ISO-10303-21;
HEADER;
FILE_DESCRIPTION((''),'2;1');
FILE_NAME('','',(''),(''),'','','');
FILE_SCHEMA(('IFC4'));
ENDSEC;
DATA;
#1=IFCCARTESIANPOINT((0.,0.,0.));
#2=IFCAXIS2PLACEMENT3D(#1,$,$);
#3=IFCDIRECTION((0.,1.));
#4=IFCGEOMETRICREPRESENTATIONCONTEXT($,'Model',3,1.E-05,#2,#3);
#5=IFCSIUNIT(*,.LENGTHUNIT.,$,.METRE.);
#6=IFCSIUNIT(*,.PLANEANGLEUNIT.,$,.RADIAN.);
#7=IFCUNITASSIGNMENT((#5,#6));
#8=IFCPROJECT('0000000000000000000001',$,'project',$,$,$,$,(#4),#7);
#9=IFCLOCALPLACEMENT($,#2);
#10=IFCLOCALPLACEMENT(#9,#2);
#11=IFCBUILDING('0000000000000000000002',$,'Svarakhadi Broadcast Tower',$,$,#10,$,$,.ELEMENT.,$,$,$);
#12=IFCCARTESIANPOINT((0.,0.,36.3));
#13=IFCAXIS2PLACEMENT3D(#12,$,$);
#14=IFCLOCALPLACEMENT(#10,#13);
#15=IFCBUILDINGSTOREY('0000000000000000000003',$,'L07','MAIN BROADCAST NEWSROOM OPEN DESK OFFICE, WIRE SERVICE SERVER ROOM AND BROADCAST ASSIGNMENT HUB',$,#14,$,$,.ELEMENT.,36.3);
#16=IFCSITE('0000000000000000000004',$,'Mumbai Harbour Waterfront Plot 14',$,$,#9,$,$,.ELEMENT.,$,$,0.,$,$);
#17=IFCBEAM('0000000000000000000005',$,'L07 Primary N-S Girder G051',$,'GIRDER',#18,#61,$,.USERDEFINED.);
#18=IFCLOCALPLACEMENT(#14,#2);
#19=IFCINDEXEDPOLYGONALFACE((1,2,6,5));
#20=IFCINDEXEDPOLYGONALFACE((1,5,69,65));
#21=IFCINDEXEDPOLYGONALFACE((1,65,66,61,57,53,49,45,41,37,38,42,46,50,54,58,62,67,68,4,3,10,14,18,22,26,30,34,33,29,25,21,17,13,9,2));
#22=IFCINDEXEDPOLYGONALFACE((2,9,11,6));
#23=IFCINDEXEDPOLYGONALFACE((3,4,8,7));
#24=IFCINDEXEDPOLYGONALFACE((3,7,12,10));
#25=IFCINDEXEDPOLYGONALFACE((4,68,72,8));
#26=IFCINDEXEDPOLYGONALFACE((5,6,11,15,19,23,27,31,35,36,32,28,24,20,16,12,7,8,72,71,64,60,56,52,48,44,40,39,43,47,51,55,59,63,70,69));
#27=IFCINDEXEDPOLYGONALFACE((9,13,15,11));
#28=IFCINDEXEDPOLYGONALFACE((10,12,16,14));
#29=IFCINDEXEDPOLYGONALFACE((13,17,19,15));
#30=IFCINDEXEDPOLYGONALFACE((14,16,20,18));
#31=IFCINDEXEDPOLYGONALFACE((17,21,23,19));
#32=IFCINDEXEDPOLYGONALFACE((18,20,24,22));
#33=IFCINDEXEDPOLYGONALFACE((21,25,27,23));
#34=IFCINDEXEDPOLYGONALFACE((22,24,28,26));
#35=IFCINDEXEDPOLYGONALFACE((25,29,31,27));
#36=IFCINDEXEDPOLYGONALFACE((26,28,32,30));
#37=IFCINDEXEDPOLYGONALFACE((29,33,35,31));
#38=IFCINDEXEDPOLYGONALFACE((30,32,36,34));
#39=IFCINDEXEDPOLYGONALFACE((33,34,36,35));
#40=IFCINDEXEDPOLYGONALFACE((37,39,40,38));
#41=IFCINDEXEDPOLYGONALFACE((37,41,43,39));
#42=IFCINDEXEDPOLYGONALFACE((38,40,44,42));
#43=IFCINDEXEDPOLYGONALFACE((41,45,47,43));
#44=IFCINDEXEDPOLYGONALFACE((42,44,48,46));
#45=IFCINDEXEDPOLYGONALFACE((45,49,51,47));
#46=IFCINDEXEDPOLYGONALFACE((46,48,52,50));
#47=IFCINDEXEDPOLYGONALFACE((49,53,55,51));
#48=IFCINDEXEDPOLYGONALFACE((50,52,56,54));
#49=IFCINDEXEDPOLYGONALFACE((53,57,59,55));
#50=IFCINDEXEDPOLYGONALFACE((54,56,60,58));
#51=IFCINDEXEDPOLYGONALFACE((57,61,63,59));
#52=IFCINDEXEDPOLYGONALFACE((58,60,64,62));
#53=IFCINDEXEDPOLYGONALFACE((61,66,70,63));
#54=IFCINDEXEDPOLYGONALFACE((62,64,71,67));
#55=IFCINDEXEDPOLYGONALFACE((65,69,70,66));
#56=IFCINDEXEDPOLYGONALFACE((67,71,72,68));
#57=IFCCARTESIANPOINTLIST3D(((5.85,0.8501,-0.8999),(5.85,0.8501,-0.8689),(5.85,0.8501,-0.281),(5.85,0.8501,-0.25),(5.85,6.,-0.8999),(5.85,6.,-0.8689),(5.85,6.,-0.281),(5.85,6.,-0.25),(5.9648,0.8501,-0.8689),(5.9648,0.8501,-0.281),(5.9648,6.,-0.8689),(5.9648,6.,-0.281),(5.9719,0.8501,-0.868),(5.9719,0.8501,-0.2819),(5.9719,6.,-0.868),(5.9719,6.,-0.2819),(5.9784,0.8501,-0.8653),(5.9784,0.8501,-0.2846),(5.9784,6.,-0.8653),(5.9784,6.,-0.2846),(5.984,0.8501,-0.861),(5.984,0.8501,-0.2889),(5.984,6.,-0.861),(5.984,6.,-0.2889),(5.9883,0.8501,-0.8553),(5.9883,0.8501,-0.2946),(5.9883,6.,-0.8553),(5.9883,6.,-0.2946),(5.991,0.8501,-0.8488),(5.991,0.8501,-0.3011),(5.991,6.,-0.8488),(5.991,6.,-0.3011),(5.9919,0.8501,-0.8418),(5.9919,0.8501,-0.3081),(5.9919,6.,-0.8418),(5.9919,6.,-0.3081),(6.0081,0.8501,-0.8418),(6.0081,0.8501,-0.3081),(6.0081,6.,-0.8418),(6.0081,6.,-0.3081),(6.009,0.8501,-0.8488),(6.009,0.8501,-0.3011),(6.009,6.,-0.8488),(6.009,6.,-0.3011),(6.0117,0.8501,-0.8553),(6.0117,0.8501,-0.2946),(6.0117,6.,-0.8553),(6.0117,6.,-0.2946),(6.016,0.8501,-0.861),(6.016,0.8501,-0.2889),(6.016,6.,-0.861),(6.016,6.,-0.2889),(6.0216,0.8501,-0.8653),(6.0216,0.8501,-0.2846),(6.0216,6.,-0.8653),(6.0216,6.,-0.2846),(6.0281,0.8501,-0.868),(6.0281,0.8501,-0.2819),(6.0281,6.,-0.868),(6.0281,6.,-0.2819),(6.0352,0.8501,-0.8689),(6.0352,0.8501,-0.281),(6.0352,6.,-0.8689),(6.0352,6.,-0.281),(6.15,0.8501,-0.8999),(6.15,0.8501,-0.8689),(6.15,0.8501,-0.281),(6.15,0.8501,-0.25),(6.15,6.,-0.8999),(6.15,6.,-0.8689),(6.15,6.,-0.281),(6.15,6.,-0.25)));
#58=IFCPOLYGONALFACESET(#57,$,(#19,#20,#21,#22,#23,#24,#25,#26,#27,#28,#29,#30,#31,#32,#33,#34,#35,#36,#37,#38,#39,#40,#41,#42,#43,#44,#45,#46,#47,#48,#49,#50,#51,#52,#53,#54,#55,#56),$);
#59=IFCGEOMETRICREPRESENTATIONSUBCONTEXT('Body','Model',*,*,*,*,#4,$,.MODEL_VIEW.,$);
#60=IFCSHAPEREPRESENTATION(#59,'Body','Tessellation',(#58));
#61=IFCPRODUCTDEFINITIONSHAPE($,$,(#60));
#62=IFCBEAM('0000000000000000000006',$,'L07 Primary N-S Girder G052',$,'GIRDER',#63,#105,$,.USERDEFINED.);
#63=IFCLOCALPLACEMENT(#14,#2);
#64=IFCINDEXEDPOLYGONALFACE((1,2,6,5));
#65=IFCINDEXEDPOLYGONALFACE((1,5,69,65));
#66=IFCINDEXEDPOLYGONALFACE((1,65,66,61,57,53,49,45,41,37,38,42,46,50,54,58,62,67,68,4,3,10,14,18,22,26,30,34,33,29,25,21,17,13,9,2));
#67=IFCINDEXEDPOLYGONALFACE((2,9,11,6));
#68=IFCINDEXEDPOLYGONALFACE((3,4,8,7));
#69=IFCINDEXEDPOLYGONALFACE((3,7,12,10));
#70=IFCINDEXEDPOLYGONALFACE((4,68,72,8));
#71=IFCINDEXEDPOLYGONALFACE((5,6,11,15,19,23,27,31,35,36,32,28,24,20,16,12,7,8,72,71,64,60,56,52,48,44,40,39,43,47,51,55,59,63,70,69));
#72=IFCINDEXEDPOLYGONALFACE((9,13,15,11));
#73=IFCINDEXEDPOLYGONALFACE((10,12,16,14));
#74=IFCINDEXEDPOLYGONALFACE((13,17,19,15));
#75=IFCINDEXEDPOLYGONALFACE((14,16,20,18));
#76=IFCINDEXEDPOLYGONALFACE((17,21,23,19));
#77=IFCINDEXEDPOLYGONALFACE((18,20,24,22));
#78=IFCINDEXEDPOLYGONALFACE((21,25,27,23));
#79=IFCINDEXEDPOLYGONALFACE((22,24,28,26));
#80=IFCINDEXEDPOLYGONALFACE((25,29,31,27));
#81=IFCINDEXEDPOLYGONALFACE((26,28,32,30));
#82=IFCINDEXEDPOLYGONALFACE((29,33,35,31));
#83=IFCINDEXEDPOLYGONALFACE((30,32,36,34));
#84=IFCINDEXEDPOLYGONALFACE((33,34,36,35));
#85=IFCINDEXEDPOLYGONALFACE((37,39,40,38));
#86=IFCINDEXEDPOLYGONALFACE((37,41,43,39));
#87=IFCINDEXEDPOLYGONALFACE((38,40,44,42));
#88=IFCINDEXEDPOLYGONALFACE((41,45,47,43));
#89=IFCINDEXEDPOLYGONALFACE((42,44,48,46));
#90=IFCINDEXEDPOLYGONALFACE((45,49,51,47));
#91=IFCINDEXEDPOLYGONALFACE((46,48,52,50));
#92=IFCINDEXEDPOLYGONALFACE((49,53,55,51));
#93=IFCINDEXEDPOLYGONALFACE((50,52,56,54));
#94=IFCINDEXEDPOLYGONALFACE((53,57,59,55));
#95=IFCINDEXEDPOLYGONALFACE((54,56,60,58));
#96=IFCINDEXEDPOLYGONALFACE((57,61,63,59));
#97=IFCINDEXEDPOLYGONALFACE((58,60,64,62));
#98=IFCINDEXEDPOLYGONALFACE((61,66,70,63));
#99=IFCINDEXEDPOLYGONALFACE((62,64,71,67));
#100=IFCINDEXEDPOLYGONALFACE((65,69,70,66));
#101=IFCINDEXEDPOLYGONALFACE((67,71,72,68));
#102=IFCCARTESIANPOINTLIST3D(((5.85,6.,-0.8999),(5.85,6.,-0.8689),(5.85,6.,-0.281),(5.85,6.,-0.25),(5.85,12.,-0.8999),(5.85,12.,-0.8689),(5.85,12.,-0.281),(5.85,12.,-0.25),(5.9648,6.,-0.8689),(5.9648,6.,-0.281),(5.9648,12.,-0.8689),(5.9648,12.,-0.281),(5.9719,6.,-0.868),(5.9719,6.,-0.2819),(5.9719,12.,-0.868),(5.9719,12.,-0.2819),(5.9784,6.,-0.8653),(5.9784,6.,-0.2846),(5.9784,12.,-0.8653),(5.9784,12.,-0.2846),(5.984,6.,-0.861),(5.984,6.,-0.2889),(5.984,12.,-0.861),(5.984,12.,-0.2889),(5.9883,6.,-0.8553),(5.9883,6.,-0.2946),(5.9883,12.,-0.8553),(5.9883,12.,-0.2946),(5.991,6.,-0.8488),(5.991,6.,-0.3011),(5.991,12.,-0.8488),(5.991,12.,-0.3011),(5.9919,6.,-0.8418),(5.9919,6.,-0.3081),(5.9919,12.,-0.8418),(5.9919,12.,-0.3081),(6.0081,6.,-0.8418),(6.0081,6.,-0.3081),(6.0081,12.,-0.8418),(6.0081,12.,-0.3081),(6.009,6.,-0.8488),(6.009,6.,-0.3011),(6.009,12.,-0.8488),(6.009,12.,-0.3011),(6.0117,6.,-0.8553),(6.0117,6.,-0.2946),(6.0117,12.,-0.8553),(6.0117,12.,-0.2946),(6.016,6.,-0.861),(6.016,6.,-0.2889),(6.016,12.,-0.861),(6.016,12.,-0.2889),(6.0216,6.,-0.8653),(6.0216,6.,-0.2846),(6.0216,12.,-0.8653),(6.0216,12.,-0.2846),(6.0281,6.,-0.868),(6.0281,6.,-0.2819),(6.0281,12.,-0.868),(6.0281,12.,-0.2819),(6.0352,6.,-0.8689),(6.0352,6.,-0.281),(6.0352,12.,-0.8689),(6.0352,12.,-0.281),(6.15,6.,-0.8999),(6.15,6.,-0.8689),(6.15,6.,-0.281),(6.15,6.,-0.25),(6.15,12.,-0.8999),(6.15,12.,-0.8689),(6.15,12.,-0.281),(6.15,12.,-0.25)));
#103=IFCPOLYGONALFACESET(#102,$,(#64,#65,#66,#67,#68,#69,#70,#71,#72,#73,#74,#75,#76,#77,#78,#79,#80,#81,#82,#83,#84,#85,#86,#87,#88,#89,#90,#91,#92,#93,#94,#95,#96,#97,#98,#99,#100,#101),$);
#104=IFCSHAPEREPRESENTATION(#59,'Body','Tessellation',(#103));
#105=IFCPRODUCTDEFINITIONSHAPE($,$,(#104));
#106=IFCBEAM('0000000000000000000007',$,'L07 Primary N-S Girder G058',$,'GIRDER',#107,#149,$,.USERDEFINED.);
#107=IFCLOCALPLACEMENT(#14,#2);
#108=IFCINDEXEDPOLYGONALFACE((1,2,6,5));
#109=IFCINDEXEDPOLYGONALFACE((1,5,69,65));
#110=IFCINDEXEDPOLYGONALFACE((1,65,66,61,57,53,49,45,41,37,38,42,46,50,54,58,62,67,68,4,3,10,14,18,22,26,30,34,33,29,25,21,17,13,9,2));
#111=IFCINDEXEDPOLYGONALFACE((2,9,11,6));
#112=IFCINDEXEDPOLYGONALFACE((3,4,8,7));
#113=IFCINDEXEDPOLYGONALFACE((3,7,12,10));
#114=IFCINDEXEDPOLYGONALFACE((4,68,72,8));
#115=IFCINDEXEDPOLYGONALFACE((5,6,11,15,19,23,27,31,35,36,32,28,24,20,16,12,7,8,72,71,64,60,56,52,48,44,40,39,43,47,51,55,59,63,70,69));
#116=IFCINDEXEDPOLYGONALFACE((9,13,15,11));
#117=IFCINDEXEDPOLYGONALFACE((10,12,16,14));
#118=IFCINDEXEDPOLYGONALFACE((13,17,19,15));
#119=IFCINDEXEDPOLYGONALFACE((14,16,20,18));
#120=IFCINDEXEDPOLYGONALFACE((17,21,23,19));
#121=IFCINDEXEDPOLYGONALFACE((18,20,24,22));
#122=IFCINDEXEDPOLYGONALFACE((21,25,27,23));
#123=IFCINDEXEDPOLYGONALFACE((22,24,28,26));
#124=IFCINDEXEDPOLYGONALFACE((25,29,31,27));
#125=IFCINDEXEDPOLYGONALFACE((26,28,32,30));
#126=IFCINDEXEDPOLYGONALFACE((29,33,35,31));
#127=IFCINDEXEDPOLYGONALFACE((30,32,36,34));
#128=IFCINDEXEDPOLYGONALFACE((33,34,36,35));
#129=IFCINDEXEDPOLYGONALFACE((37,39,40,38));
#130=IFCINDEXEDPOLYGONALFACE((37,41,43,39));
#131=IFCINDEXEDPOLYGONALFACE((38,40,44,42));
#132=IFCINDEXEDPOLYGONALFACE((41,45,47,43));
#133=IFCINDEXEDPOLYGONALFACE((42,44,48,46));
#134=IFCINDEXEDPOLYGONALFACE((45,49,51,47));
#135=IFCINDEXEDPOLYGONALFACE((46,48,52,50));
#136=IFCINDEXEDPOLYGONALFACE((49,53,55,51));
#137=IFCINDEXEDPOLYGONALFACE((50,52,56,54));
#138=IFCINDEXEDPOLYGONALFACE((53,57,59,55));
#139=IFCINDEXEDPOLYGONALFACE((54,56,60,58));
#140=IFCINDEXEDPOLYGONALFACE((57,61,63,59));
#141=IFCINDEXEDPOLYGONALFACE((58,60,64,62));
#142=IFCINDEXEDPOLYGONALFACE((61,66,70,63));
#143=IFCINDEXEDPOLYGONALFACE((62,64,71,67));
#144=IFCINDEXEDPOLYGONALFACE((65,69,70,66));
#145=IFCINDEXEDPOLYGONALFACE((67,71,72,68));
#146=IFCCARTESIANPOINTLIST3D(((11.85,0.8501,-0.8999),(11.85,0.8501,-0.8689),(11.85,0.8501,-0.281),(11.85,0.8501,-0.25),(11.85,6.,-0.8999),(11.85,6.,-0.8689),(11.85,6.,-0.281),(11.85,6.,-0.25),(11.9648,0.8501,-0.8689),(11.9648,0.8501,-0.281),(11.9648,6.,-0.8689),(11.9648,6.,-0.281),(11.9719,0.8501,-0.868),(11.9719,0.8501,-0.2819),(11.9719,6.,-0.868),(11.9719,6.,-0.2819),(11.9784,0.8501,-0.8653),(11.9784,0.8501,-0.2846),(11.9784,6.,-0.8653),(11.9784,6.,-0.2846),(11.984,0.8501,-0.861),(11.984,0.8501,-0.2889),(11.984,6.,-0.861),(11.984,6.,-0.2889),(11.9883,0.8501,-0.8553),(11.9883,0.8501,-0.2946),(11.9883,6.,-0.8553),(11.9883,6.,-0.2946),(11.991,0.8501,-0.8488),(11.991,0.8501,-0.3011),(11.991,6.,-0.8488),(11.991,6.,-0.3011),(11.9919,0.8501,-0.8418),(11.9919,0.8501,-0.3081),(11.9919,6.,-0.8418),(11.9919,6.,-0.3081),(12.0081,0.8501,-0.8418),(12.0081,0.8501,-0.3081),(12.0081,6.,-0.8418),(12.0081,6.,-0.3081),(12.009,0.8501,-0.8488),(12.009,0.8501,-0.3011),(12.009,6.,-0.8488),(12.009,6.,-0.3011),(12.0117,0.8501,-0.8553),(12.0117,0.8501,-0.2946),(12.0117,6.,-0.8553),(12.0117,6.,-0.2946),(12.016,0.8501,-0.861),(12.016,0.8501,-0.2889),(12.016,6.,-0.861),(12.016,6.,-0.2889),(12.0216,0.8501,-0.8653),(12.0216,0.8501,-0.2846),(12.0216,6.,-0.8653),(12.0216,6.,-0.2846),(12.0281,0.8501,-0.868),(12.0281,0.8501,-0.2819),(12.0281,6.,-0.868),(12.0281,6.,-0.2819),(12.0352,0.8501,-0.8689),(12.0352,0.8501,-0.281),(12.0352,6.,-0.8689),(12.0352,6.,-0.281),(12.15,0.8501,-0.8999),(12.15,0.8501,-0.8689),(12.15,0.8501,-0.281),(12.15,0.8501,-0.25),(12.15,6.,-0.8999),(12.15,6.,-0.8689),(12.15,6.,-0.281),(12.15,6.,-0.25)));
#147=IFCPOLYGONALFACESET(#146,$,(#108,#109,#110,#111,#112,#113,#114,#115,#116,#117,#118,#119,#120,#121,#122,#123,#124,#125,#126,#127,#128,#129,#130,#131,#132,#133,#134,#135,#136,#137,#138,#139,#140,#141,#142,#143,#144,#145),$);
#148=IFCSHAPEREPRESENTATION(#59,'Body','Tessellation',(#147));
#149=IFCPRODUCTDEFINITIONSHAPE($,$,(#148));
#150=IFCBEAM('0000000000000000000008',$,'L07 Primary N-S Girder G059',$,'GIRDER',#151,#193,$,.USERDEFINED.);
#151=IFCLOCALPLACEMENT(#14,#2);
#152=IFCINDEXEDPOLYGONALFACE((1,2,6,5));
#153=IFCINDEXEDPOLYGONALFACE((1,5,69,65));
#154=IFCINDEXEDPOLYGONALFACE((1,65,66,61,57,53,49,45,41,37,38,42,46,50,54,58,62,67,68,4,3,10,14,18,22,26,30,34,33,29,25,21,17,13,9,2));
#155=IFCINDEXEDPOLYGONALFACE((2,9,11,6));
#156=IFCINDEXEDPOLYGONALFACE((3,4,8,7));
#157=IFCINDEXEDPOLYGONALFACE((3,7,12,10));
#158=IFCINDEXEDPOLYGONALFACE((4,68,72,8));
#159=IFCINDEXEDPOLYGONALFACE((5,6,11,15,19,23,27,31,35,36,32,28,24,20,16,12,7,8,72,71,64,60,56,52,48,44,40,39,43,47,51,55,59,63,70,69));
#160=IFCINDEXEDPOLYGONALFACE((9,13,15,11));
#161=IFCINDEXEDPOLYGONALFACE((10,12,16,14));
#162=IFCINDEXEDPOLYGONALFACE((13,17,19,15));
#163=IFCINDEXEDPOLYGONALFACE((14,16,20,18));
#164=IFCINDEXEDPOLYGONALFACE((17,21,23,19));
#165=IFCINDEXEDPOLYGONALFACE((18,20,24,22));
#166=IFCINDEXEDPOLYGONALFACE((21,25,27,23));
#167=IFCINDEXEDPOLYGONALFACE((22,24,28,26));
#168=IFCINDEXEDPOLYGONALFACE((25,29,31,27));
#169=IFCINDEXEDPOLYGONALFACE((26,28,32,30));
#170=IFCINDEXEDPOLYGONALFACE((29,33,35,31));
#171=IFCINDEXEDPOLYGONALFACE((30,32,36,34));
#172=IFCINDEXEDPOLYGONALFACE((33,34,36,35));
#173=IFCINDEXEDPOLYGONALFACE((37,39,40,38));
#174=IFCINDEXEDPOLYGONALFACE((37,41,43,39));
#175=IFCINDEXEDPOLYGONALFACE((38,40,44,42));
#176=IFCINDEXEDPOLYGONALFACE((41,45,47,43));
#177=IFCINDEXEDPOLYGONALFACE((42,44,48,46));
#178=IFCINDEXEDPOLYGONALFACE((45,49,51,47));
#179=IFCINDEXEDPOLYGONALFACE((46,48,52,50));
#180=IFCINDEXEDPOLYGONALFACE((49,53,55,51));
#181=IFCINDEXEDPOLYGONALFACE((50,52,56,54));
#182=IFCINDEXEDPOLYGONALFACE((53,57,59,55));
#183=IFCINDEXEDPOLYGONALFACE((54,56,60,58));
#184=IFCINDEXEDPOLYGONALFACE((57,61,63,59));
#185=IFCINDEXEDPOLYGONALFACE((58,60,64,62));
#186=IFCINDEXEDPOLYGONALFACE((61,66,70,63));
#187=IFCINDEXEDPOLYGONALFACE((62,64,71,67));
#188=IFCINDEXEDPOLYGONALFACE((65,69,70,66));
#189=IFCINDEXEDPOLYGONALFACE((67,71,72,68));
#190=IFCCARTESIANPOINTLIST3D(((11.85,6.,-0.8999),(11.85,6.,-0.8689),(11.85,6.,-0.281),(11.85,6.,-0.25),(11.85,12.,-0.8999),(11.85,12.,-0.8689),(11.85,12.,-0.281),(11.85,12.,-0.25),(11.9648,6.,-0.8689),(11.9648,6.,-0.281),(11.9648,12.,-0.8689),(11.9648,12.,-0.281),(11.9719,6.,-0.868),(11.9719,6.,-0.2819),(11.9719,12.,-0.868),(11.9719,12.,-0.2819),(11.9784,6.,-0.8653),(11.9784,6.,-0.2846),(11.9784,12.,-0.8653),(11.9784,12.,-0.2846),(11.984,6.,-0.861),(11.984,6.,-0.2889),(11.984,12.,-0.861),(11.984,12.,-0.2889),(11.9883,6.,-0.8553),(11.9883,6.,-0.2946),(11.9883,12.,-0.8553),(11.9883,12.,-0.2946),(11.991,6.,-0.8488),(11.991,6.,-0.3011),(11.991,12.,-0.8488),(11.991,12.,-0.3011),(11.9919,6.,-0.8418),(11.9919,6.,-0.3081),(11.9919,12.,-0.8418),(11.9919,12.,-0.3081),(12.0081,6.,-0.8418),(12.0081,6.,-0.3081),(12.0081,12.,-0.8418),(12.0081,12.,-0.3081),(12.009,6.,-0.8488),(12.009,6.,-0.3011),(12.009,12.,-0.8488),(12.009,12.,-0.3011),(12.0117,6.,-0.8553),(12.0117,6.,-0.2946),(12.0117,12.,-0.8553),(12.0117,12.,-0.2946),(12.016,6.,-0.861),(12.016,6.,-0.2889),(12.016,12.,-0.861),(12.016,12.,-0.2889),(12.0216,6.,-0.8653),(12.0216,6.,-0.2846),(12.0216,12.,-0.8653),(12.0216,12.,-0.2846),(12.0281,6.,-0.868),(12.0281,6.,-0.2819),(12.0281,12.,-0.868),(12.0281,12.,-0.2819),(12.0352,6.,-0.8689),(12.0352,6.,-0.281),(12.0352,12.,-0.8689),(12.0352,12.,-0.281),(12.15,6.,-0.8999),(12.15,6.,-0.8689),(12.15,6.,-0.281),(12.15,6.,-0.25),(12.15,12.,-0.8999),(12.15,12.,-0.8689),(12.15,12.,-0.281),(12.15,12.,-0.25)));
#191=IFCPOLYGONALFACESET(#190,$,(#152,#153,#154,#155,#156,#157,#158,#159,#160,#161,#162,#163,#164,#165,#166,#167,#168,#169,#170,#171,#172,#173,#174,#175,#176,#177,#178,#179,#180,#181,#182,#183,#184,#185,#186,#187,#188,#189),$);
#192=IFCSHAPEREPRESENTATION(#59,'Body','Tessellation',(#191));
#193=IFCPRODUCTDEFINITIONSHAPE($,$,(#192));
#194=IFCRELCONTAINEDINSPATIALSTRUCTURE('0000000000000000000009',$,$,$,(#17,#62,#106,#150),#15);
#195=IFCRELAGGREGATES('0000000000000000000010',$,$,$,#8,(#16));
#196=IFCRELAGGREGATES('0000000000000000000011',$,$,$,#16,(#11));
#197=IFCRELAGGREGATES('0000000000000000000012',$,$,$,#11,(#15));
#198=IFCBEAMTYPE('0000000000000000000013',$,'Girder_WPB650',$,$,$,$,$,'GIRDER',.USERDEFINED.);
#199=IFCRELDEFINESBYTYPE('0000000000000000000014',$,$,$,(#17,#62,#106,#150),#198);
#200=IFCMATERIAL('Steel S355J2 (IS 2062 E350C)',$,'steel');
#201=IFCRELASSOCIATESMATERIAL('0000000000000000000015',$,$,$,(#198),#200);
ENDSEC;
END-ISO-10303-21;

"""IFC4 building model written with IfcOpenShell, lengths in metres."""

from ifc_helpers import new_model, si_unit, direction, frame, origin, origin_2d, place, context, subcontext, project, spatial, i_section, extrude, material, material_profile, profile_set, type_object, element, save


model = new_model("IFC4")

# Units and contexts
model_context = context("Model", 3, precision=1e-05, world=origin(), true_north=direction((0.0, 1.0)))
body_context = subcontext(model_context, "Body", "Model", "MODEL_VIEW")
ifc_project = project(units=[si_unit("LENGTHUNIT", "METRE"), si_unit("PLANEANGLEUNIT", "RADIAN")], contexts=[model_context])

# Site, building, storey
site_placement = place(None, origin())
site = spatial("IfcSite", under=ifc_project, at=site_placement, Name="Mumbai Harbour Waterfront Plot 14", CompositionType="ELEMENT", RefElevation=0.0)
building_placement = place(site_placement, origin())
building = spatial("IfcBuilding", under=site, at=building_placement, Name="Svarakhadi Broadcast Tower", CompositionType="ELEMENT")
storey_placement = place(building_placement, frame((0.0, 0.0, 36.3)))
storey = spatial("IfcBuildingStorey", under=building, at=storey_placement, Name="L07", Description="MAIN BROADCAST NEWSROOM OPEN DESK OFFICE, WIRE SERVICE SERVER ROOM AND BROADCAST ASSIGNMENT HUB", CompositionType="ELEMENT", Elevation=36.3)

# Shared definitions
ifc_material_1 = material(Name="Steel S355J2 (IS 2062 E350C)", Category="steel")

# Beams
ifc_material_profile_1 = material_profile(ifc_material_1, i_section(OverallWidth=0.3, OverallDepth=0.6499, WebThickness=0.0161, FlangeThickness=0.031, FilletRadius=0.0271, at=origin_2d()), Name="WPB 650x300x225")
ifc_profile_set_1 = profile_set([ifc_material_profile_1], Name="Steel S355J2 (IS 2062 E350C)")
beam_type_1 = type_object("IfcBeamType", Name="Girder_WPB650", ElementType="GIRDER", PredefinedType="USERDEFINED", material=ifc_profile_set_1)
beam_1_placement = place(storey_placement, frame((6.0, 0.8501, -0.575), z_axis=(0.0, 1.0, 0.0), x_axis=(-1.0, 0.0, 0.0)))
element("IfcBeam", 1, at=beam_1_placement, inside=storey, type_object=beam_type_1, Name="L07 Primary N-S Girder G051", ObjectType="GIRDER", PredefinedType="USERDEFINED", context=body_context, shape_type="SweptSolid", body=[
    extrude(i_section(OverallWidth=0.3, OverallDepth=0.6499, WebThickness=0.0161, FlangeThickness=0.031, FilletRadius=0.0271, at=origin_2d()), origin(), (0.0, 0.0, 1.0), 5.1499),
])
beam_2_placement = place(storey_placement, frame((6.0, 6.0, -0.575), z_axis=(0.0, 1.0, 0.0), x_axis=(-1.0, 0.0, 0.0)))
element("IfcBeam", 2, at=beam_2_placement, inside=storey, type_object=beam_type_1, Name="L07 Primary N-S Girder G052", ObjectType="GIRDER", PredefinedType="USERDEFINED", context=body_context, shape_type="SweptSolid", body=[
    extrude(i_section(OverallWidth=0.3, OverallDepth=0.6499, WebThickness=0.0161, FlangeThickness=0.031, FilletRadius=0.0271, at=origin_2d()), origin(), (0.0, 0.0, 1.0), 6.0),
])
beam_3_placement = place(storey_placement, frame((12.0, 0.8501, -0.575), z_axis=(0.0, 1.0, 0.0), x_axis=(-1.0, 0.0, 0.0)))
element("IfcBeam", 3, at=beam_3_placement, inside=storey, type_object=beam_type_1, Name="L07 Primary N-S Girder G058", ObjectType="GIRDER", PredefinedType="USERDEFINED", context=body_context, shape_type="SweptSolid", body=[
    extrude(i_section(OverallWidth=0.3, OverallDepth=0.6499, WebThickness=0.0161, FlangeThickness=0.031, FilletRadius=0.0271, at=origin_2d()), origin(), (0.0, 0.0, 1.0), 5.1499),
])
beam_4_placement = place(storey_placement, frame((12.0, 6.0, -0.575), z_axis=(0.0, 1.0, 0.0), x_axis=(-1.0, 0.0, 0.0)))
element("IfcBeam", 4, at=beam_4_placement, inside=storey, type_object=beam_type_1, Name="L07 Primary N-S Girder G059", ObjectType="GIRDER", PredefinedType="USERDEFINED", context=body_context, shape_type="SweptSolid", body=[
    extrude(i_section(OverallWidth=0.3, OverallDepth=0.6499, WebThickness=0.0161, FlangeThickness=0.031, FilletRadius=0.0271, at=origin_2d()), origin(), (0.0, 0.0, 1.0), 6.0),
])

save(model, "model.ifc")
